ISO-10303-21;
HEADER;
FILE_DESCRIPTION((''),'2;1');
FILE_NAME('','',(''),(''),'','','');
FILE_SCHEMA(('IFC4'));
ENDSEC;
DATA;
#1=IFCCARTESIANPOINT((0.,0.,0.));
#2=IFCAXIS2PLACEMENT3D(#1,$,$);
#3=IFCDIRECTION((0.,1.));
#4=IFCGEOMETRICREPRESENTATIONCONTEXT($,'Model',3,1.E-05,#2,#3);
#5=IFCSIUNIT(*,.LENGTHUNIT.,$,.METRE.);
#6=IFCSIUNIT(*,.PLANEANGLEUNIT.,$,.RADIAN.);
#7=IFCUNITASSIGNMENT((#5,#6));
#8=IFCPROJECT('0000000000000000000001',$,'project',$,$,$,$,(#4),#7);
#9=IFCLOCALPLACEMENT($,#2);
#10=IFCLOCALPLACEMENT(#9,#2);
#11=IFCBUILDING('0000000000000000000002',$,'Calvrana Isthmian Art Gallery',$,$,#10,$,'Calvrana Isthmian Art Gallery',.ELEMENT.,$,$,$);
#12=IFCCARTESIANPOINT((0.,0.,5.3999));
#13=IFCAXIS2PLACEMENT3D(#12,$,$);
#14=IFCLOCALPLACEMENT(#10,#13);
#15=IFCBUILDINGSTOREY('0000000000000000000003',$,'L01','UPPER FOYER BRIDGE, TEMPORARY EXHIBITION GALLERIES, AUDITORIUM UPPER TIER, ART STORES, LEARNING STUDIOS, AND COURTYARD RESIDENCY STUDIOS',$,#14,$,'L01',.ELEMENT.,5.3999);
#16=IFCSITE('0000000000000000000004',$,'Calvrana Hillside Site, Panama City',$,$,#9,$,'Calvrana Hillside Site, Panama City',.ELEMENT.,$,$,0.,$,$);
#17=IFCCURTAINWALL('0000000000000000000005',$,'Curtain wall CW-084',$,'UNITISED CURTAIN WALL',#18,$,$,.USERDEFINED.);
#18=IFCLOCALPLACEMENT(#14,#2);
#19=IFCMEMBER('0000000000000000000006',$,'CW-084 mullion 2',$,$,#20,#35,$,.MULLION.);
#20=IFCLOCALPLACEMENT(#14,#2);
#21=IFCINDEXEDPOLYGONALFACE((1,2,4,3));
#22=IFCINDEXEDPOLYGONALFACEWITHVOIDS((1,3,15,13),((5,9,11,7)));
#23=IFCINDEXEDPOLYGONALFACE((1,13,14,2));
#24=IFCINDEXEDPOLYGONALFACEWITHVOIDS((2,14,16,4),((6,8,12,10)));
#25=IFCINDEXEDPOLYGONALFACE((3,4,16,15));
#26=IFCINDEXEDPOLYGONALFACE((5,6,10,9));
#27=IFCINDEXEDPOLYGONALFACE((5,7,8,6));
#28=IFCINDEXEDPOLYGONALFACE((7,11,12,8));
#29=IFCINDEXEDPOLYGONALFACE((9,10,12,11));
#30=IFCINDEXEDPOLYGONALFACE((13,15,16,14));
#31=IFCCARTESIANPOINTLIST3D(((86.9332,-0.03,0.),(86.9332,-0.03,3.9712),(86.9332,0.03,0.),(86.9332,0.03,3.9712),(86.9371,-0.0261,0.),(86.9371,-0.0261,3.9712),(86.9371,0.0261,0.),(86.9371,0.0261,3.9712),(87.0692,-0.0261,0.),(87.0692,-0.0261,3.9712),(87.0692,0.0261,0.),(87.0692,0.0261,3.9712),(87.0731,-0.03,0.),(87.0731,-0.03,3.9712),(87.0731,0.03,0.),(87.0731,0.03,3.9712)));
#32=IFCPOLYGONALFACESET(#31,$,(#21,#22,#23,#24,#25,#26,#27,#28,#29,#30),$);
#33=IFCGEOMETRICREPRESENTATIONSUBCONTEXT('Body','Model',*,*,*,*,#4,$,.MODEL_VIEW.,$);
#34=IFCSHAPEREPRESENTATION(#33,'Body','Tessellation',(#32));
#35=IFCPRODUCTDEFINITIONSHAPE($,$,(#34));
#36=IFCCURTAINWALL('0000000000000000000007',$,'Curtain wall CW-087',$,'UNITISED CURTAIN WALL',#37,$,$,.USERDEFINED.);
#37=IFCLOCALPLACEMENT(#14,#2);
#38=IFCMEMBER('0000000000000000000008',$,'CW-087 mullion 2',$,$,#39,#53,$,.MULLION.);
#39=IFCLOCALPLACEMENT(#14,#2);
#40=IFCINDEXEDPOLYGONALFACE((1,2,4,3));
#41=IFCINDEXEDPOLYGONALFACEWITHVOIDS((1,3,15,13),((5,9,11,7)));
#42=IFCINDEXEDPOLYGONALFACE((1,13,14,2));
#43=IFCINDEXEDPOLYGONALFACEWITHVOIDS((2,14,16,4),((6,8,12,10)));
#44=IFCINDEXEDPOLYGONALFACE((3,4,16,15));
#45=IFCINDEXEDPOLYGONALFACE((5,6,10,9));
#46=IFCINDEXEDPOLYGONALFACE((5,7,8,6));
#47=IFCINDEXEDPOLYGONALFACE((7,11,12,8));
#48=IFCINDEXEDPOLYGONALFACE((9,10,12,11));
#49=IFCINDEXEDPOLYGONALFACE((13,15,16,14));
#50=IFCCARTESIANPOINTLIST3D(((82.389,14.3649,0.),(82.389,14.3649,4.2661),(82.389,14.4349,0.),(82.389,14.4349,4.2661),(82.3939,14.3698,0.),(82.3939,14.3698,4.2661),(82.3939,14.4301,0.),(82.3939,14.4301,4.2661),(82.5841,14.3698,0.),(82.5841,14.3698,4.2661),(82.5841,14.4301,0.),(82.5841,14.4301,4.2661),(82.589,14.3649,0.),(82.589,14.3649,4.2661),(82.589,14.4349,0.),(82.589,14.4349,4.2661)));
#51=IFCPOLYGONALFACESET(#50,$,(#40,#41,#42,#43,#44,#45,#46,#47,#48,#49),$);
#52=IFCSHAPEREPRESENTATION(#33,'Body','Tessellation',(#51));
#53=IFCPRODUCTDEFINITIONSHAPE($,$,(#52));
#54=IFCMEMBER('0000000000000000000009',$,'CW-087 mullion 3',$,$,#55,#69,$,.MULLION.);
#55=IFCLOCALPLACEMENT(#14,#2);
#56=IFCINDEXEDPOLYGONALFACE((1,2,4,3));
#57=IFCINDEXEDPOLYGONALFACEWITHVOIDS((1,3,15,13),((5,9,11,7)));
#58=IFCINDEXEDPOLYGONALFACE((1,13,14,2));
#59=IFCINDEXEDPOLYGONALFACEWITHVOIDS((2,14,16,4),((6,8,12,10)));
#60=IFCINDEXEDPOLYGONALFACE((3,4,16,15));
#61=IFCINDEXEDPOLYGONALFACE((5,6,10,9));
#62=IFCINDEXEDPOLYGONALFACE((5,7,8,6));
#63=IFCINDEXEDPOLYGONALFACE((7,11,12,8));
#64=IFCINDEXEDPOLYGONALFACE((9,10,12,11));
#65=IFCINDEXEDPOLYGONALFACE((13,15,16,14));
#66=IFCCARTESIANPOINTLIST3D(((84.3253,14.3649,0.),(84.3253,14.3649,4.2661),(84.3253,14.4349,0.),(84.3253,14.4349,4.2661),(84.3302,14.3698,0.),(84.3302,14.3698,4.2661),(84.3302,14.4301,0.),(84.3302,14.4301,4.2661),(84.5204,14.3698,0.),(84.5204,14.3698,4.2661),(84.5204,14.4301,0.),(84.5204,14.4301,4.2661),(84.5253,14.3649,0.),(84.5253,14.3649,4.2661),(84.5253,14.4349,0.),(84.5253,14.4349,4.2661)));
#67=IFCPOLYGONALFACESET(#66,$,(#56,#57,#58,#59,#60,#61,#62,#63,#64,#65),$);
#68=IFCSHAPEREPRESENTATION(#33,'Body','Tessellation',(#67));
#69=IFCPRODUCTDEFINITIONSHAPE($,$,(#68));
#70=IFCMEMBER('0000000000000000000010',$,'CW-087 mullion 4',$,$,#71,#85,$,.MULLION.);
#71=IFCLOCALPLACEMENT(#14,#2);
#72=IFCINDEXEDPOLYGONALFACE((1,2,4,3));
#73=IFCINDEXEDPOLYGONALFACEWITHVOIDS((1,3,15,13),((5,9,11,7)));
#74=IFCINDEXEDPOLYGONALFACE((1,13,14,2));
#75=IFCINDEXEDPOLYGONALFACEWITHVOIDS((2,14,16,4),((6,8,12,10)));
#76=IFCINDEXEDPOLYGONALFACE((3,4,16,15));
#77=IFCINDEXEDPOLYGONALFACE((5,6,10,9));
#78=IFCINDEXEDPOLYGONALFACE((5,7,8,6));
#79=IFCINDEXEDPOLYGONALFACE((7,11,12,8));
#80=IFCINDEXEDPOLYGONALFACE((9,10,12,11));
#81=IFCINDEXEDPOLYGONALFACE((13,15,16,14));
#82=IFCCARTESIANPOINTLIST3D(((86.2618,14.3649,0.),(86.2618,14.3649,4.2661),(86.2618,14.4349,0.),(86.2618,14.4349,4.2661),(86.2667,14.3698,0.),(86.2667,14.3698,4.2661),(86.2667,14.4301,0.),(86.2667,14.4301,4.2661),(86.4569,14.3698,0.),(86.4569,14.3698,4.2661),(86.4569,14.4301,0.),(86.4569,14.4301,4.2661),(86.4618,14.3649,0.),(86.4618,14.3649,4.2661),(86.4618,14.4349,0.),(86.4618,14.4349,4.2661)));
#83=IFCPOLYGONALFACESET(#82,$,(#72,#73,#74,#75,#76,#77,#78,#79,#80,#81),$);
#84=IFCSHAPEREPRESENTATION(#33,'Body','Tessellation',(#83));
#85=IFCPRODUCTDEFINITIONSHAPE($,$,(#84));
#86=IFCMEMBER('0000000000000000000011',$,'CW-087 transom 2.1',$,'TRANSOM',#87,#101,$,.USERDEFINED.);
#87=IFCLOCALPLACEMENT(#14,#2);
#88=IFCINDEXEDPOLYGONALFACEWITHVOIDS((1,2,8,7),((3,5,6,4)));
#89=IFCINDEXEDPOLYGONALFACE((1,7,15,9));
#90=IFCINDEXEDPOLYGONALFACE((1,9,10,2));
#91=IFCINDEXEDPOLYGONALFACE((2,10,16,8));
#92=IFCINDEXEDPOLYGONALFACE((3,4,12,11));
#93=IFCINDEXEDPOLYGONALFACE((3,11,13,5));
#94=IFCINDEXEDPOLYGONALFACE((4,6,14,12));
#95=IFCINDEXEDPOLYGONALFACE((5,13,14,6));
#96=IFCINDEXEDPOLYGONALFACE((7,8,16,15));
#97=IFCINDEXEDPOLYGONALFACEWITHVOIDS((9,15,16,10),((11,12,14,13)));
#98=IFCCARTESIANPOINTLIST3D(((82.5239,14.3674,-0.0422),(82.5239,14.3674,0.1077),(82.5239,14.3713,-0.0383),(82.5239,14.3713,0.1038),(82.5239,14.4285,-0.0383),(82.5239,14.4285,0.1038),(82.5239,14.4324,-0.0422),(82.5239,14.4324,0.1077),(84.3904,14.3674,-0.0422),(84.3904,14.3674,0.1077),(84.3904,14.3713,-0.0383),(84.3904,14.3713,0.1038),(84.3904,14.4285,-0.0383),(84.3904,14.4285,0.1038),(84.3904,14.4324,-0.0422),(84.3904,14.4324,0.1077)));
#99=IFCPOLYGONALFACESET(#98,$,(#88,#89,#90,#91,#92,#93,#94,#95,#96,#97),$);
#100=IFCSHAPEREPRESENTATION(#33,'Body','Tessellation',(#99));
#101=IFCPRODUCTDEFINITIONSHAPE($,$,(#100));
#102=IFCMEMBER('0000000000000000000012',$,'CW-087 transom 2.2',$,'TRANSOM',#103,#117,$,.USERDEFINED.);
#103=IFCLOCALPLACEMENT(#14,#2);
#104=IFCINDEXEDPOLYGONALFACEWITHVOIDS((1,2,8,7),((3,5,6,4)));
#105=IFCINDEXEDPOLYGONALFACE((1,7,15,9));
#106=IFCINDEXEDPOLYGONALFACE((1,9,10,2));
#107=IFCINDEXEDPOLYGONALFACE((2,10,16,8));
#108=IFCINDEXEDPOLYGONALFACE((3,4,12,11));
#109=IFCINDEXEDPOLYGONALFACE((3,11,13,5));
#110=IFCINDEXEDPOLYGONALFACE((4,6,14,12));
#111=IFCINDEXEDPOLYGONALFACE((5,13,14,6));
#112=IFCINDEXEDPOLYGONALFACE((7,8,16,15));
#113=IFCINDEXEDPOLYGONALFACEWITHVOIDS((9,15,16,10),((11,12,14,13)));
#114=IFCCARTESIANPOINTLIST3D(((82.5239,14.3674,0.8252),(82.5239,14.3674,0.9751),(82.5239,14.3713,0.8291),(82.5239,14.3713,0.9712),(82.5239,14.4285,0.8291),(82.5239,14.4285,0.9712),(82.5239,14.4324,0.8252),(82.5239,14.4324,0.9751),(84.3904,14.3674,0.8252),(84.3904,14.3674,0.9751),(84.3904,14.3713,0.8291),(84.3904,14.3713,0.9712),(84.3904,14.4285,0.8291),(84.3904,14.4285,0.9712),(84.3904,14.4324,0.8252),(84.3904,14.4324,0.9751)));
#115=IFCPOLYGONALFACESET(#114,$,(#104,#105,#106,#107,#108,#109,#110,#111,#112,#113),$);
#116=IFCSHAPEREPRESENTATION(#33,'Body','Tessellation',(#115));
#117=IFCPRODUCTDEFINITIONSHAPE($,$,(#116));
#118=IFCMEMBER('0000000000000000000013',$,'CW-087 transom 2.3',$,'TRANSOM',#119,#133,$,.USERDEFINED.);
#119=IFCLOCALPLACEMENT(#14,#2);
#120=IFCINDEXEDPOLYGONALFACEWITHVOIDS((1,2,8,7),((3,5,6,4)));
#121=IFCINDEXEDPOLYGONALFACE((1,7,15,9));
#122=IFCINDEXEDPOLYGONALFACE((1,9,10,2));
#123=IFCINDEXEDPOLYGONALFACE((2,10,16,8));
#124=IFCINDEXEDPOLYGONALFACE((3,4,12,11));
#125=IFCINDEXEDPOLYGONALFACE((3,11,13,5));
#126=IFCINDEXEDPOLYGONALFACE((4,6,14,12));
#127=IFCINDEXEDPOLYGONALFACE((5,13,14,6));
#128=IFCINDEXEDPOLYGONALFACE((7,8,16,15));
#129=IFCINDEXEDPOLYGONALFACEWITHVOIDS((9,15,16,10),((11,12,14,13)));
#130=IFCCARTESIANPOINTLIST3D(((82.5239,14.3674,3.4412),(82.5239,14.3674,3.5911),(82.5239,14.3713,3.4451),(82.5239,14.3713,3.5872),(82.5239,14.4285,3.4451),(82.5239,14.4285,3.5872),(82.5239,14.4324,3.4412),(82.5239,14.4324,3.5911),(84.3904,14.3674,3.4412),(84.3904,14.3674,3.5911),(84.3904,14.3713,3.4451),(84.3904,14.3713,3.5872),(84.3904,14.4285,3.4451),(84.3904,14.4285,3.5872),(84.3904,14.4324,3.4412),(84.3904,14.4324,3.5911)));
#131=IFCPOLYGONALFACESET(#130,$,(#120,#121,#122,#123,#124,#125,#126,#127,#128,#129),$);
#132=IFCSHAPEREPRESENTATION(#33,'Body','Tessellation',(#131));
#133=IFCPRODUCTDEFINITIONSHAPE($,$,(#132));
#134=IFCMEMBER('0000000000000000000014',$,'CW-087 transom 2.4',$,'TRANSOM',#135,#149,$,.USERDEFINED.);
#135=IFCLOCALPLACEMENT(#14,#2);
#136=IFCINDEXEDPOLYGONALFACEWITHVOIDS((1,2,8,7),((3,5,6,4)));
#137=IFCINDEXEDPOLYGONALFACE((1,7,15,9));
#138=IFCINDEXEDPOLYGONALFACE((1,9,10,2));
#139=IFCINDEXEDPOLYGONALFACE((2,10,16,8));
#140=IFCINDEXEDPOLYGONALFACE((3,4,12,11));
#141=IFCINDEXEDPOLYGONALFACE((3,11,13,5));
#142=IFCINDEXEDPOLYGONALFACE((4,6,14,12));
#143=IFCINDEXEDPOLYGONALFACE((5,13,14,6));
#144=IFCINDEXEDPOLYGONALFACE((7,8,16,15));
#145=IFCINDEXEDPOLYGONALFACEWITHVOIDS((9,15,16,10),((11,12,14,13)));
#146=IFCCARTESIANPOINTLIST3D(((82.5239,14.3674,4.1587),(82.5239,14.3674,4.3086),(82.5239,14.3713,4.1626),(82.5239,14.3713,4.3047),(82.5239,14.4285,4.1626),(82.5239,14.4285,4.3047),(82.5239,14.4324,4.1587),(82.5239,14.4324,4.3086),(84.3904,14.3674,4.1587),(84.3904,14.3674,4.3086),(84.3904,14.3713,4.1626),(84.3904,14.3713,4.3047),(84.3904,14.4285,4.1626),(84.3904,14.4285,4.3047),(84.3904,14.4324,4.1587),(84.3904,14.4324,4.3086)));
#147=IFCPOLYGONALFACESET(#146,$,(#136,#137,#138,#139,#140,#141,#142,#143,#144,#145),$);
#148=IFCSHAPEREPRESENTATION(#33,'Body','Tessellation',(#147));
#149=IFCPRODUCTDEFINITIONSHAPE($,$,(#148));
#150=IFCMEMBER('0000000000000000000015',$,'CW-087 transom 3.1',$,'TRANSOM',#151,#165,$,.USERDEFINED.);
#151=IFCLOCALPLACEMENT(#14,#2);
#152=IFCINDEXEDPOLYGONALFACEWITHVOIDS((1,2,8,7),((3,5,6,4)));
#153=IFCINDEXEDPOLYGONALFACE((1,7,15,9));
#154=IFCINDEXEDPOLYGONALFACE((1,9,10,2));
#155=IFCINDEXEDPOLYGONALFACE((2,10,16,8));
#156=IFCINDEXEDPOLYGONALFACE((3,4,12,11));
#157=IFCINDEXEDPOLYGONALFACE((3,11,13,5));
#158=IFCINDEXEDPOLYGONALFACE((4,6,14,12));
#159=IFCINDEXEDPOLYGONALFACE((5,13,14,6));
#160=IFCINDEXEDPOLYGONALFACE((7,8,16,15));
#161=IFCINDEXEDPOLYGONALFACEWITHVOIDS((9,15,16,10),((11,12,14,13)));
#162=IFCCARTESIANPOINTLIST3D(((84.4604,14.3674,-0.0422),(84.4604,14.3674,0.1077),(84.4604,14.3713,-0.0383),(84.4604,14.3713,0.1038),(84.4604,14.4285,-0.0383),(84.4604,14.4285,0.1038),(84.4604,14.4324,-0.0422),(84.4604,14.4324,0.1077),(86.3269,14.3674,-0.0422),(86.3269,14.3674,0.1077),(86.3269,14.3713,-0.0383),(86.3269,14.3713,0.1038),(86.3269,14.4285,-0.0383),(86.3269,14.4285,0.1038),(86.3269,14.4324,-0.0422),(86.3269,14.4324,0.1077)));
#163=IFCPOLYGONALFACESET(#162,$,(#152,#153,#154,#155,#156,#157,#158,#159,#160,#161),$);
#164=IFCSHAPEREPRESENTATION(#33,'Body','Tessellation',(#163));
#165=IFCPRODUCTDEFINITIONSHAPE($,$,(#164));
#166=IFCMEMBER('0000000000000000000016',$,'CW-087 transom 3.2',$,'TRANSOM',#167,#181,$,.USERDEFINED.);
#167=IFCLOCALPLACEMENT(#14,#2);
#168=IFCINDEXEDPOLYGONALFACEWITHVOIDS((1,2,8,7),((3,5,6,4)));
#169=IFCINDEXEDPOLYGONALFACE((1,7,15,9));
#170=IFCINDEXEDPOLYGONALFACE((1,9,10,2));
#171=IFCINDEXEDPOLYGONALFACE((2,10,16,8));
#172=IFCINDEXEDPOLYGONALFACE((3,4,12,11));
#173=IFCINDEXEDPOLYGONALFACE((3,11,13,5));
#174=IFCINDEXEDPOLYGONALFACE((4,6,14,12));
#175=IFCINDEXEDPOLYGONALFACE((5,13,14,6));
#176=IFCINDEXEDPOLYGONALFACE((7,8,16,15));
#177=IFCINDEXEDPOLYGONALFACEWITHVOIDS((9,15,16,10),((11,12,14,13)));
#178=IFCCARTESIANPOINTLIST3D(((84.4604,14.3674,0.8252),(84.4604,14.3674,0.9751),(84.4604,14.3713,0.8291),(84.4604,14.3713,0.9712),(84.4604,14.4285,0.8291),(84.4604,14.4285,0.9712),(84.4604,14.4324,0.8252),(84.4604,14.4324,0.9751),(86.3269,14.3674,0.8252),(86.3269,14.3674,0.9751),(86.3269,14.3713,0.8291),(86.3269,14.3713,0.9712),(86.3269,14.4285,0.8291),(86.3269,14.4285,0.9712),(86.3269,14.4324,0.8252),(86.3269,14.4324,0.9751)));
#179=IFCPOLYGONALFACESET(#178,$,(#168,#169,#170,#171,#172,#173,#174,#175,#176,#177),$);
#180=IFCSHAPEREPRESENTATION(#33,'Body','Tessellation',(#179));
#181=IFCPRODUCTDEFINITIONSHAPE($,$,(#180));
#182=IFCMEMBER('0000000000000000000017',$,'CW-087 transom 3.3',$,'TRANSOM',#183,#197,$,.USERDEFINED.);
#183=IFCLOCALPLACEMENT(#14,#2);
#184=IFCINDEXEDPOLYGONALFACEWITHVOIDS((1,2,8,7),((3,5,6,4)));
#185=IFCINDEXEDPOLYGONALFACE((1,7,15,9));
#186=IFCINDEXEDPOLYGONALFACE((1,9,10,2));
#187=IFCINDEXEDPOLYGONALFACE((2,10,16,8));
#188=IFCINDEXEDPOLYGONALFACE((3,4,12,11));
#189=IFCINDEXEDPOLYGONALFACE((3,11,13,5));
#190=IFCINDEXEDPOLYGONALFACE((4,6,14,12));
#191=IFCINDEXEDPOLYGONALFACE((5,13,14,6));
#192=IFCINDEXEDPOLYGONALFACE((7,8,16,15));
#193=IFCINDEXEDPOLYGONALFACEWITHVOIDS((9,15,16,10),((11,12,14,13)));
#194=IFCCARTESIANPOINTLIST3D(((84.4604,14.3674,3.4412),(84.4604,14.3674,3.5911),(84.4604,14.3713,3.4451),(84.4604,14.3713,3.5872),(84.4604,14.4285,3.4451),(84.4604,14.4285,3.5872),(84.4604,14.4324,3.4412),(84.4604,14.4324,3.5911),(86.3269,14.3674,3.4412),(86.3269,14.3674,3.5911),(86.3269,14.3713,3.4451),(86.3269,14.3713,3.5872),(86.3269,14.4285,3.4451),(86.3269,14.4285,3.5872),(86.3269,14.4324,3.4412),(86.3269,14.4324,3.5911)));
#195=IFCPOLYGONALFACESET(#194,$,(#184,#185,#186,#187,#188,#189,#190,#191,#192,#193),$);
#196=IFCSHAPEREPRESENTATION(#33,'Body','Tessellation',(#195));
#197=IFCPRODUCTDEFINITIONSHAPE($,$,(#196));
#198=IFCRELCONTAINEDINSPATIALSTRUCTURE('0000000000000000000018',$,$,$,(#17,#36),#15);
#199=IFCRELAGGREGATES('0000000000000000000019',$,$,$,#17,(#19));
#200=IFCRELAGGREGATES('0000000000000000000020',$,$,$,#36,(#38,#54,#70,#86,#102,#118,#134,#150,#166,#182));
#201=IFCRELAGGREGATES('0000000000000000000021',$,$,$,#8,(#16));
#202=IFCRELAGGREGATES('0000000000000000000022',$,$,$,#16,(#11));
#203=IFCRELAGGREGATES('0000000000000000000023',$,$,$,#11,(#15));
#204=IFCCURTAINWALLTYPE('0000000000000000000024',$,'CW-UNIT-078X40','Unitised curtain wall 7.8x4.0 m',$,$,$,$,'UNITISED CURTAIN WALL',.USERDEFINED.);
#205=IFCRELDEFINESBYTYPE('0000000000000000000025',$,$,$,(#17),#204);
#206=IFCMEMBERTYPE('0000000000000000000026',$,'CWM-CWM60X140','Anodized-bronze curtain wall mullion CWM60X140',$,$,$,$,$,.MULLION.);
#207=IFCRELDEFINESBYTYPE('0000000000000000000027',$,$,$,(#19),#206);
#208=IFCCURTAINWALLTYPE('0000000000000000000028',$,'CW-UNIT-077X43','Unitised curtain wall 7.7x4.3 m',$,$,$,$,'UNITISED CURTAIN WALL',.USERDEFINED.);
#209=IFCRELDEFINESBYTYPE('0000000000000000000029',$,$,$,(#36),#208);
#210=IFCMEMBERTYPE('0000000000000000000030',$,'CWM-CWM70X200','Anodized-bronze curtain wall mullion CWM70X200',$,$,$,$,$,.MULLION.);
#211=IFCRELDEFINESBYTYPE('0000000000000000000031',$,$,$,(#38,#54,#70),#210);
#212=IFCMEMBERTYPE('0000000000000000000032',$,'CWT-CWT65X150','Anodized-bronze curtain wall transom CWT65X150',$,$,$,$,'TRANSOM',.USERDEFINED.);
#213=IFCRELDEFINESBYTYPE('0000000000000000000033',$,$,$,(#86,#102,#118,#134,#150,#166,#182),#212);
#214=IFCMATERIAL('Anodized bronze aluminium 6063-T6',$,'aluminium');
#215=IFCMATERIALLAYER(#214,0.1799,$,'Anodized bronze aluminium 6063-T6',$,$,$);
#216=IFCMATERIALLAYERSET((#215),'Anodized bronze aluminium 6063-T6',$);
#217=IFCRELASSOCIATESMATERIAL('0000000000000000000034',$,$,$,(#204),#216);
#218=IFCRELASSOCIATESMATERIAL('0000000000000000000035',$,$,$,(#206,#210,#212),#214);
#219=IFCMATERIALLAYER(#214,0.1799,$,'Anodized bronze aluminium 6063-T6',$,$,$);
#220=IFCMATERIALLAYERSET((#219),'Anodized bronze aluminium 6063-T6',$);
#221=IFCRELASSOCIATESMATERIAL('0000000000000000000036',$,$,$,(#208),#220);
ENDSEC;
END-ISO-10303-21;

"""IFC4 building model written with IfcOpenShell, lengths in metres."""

from ifc_helpers import new_model, si_unit, direction, frame, origin, origin_2d, place, context, subcontext, project, spatial, hollow_rectangle, extrude, material, layer, layer_set, material_profile, profile_set, type_object, element, aggregate, save


model = new_model("IFC4")

# Units and contexts
model_context = context("Model", 3, precision=1e-05, world=origin(), true_north=direction((0.0, 1.0)))
body_context = subcontext(model_context, "Body", "Model", "MODEL_VIEW")
ifc_project = project(units=[si_unit("LENGTHUNIT", "METRE"), si_unit("PLANEANGLEUNIT", "RADIAN")], contexts=[model_context])

# Site, building, storey
site_placement = place(None, origin())
site = spatial("IfcSite", under=ifc_project, at=site_placement, Name="Calvrana Hillside Site, Panama City", LongName="Calvrana Hillside Site, Panama City", CompositionType="ELEMENT", RefElevation=0.0)
building_placement = place(site_placement, origin())
building = spatial("IfcBuilding", under=site, at=building_placement, Name="Calvrana Isthmian Art Gallery", LongName="Calvrana Isthmian Art Gallery", CompositionType="ELEMENT")
storey_placement = place(building_placement, frame((0.0, 0.0, 5.3999)))
storey = spatial("IfcBuildingStorey", under=building, at=storey_placement, Name="L01", Description="UPPER FOYER BRIDGE, TEMPORARY EXHIBITION GALLERIES, AUDITORIUM UPPER TIER, ART STORES, LEARNING STUDIOS, AND COURTYARD RESIDENCY STUDIOS", LongName="L01", CompositionType="ELEMENT", Elevation=5.3999)

# Curtain wall, member
ifc_material_1 = material(Name="Anodized bronze aluminium 6063-T6", Category="aluminium")
ifc_layer_1 = layer(ifc_material_1, 0.1799, Name="Anodized bronze aluminium 6063-T6")
ifc_layer_set_1 = layer_set([ifc_layer_1], Name="Anodized bronze aluminium 6063-T6")
curtain_wall_type_1 = type_object("IfcCurtainWallType", Name="CW-UNIT-078X40", Description="Unitised curtain wall 7.8x4.0 m", ElementType="UNITISED CURTAIN WALL", PredefinedType="USERDEFINED", material=ifc_layer_set_1)
curtain_wall_1_placement = place(storey_placement, origin())
curtain_wall_1 = element("IfcCurtainWall", 1, at=curtain_wall_1_placement, inside=storey, type_object=curtain_wall_type_1, Name="Curtain wall CW-084", ObjectType="UNITISED CURTAIN WALL", PredefinedType="USERDEFINED")
ifc_material_profile_1 = material_profile(ifc_material_1, hollow_rectangle(XDim=0.0601, YDim=0.1399, WallThickness=0.0039, at=origin_2d()), Name="CWM60X140")
ifc_profile_set_1 = profile_set([ifc_material_profile_1], Name="Anodized bronze aluminium 6063-T6")
member_type_1 = type_object("IfcMemberType", Name="CWM-CWM60X140", Description="Anodized-bronze curtain wall mullion CWM60X140", PredefinedType="MULLION", material=ifc_profile_set_1)
member_1_placement = place(storey_placement, frame((87.0032, 0.0, 0.0), z_axis=(0.0, 0.0, 1.0), x_axis=(0.0, -1.0, 0.0)))
member_1 = element("IfcMember", 2, at=member_1_placement, type_object=member_type_1, Name="CW-084 mullion 2", PredefinedType="MULLION", context=body_context, shape_type="SweptSolid", body=[
    extrude(hollow_rectangle(XDim=0.0601, YDim=0.1399, WallThickness=0.0039, at=origin_2d()), origin(), (0.0, 0.0, 1.0), 3.9712),
])

# Curtain wall, members
ifc_layer_2 = layer(ifc_material_1, 0.1799, Name="Anodized bronze aluminium 6063-T6")
ifc_layer_set_2 = layer_set([ifc_layer_2], Name="Anodized bronze aluminium 6063-T6")
curtain_wall_type_2 = type_object("IfcCurtainWallType", Name="CW-UNIT-077X43", Description="Unitised curtain wall 7.7x4.3 m", ElementType="UNITISED CURTAIN WALL", PredefinedType="USERDEFINED", material=ifc_layer_set_2)
curtain_wall_2_placement = place(storey_placement, origin())
curtain_wall_2 = element("IfcCurtainWall", 3, at=curtain_wall_2_placement, inside=storey, type_object=curtain_wall_type_2, Name="Curtain wall CW-087", ObjectType="UNITISED CURTAIN WALL", PredefinedType="USERDEFINED")
ifc_material_profile_2 = material_profile(ifc_material_1, hollow_rectangle(XDim=0.0701, YDim=0.2, WallThickness=0.0049, at=origin_2d()), Name="CWM70X200")
ifc_profile_set_2 = profile_set([ifc_material_profile_2], Name="Anodized bronze aluminium 6063-T6")
member_type_2 = type_object("IfcMemberType", Name="CWM-CWM70X200", Description="Anodized-bronze curtain wall mullion CWM70X200", PredefinedType="MULLION", material=ifc_profile_set_2)
member_2_placement = place(storey_placement, frame((82.489, 14.3999, 0.0), z_axis=(0.0, 0.0, 1.0), x_axis=(0.0, 1.0, 0.0)))
member_2 = element("IfcMember", 4, at=member_2_placement, type_object=member_type_2, Name="CW-087 mullion 2", PredefinedType="MULLION", context=body_context, shape_type="SweptSolid", body=[
    extrude(hollow_rectangle(XDim=0.0701, YDim=0.2, WallThickness=0.0049, at=origin_2d()), origin(), (0.0, 0.0, 1.0), 4.2661),
])
member_3_placement = place(storey_placement, frame((84.4253, 14.3999, 0.0), z_axis=(0.0, 0.0, 1.0), x_axis=(0.0, 1.0, 0.0)))
member_3 = element("IfcMember", 5, at=member_3_placement, type_object=member_type_2, Name="CW-087 mullion 3", PredefinedType="MULLION", context=body_context, shape_type="SweptSolid", body=[
    extrude(hollow_rectangle(XDim=0.0701, YDim=0.2, WallThickness=0.0049, at=origin_2d()), origin(), (0.0, 0.0, 1.0), 4.2661),
])
member_4_placement = place(storey_placement, frame((86.3618, 14.3999, 0.0), z_axis=(0.0, 0.0, 1.0), x_axis=(0.0, 1.0, 0.0)))
member_4 = element("IfcMember", 6, at=member_4_placement, type_object=member_type_2, Name="CW-087 mullion 4", PredefinedType="MULLION", context=body_context, shape_type="SweptSolid", body=[
    extrude(hollow_rectangle(XDim=0.0701, YDim=0.2, WallThickness=0.0049, at=origin_2d()), origin(), (0.0, 0.0, 1.0), 4.2661),
])
ifc_material_profile_3 = material_profile(ifc_material_1, hollow_rectangle(XDim=0.0649, YDim=0.1499, WallThickness=0.0039, at=origin_2d()), Name="CWT65X150")
ifc_profile_set_3 = profile_set([ifc_material_profile_3], Name="Anodized bronze aluminium 6063-T6")
member_type_3 = type_object("IfcMemberType", Name="CWT-CWT65X150", Description="Anodized-bronze curtain wall transom CWT65X150", ElementType="TRANSOM", PredefinedType="USERDEFINED", material=ifc_profile_set_3)
member_5_placement = place(storey_placement, frame((82.5239, 14.3999, 0.0327), z_axis=(1.0, 0.0, 0.0), x_axis=(0.0, 1.0, 0.0)))
member_5 = element("IfcMember", 7, at=member_5_placement, type_object=member_type_3, Name="CW-087 transom 2.1", ObjectType="TRANSOM", PredefinedType="USERDEFINED", context=body_context, shape_type="SweptSolid", body=[
    extrude(hollow_rectangle(XDim=0.0649, YDim=0.1499, WallThickness=0.0039, at=origin_2d()), origin(), (0.0, 0.0, 1.0), 1.8665),
])
member_6_placement = place(storey_placement, frame((82.5239, 14.3999, 0.9001), z_axis=(1.0, 0.0, 0.0), x_axis=(0.0, 1.0, 0.0)))
member_6 = element("IfcMember", 8, at=member_6_placement, type_object=member_type_3, Name="CW-087 transom 2.2", ObjectType="TRANSOM", PredefinedType="USERDEFINED", context=body_context, shape_type="SweptSolid", body=[
    extrude(hollow_rectangle(XDim=0.0649, YDim=0.1499, WallThickness=0.0039, at=origin_2d()), origin(), (0.0, 0.0, 1.0), 1.8665),
])
member_7_placement = place(storey_placement, frame((82.5239, 14.3999, 3.5161), z_axis=(1.0, 0.0, 0.0), x_axis=(0.0, 1.0, 0.0)))
member_7 = element("IfcMember", 9, at=member_7_placement, type_object=member_type_3, Name="CW-087 transom 2.3", ObjectType="TRANSOM", PredefinedType="USERDEFINED", context=body_context, shape_type="SweptSolid", body=[
    extrude(hollow_rectangle(XDim=0.0649, YDim=0.1499, WallThickness=0.0039, at=origin_2d()), origin(), (0.0, 0.0, 1.0), 1.8665),
])
member_8_placement = place(storey_placement, frame((82.5239, 14.3999, 4.2336), z_axis=(1.0, 0.0, 0.0), x_axis=(0.0, 1.0, 0.0)))
member_8 = element("IfcMember", 10, at=member_8_placement, type_object=member_type_3, Name="CW-087 transom 2.4", ObjectType="TRANSOM", PredefinedType="USERDEFINED", context=body_context, shape_type="SweptSolid", body=[
    extrude(hollow_rectangle(XDim=0.0649, YDim=0.1499, WallThickness=0.0039, at=origin_2d()), origin(), (0.0, 0.0, 1.0), 1.8665),
])
member_9_placement = place(storey_placement, frame((84.4604, 14.3999, 0.0327), z_axis=(1.0, 0.0, 0.0), x_axis=(0.0, 1.0, 0.0)))
member_9 = element("IfcMember", 11, at=member_9_placement, type_object=member_type_3, Name="CW-087 transom 3.1", ObjectType="TRANSOM", PredefinedType="USERDEFINED", context=body_context, shape_type="SweptSolid", body=[
    extrude(hollow_rectangle(XDim=0.0649, YDim=0.1499, WallThickness=0.0039, at=origin_2d()), origin(), (0.0, 0.0, 1.0), 1.8665),
])
member_10_placement = place(storey_placement, frame((84.4604, 14.3999, 0.9001), z_axis=(1.0, 0.0, 0.0), x_axis=(0.0, 1.0, 0.0)))
member_10 = element("IfcMember", 12, at=member_10_placement, type_object=member_type_3, Name="CW-087 transom 3.2", ObjectType="TRANSOM", PredefinedType="USERDEFINED", context=body_context, shape_type="SweptSolid", body=[
    extrude(hollow_rectangle(XDim=0.0649, YDim=0.1499, WallThickness=0.0039, at=origin_2d()), origin(), (0.0, 0.0, 1.0), 1.8665),
])
member_11_placement = place(storey_placement, frame((84.4604, 14.3999, 3.5161), z_axis=(1.0, 0.0, 0.0), x_axis=(0.0, 1.0, 0.0)))
member_11 = element("IfcMember", 13, at=member_11_placement, type_object=member_type_3, Name="CW-087 transom 3.3", ObjectType="TRANSOM", PredefinedType="USERDEFINED", context=body_context, shape_type="SweptSolid", body=[
    extrude(hollow_rectangle(XDim=0.0649, YDim=0.1499, WallThickness=0.0039, at=origin_2d()), origin(), (0.0, 0.0, 1.0), 1.8665),
])

aggregate(curtain_wall_1, [member_1])
aggregate(curtain_wall_2, [member_2, member_3, member_4, member_5, member_6, member_7, member_8, member_9, member_10, member_11])

save(model, "model.ifc")
